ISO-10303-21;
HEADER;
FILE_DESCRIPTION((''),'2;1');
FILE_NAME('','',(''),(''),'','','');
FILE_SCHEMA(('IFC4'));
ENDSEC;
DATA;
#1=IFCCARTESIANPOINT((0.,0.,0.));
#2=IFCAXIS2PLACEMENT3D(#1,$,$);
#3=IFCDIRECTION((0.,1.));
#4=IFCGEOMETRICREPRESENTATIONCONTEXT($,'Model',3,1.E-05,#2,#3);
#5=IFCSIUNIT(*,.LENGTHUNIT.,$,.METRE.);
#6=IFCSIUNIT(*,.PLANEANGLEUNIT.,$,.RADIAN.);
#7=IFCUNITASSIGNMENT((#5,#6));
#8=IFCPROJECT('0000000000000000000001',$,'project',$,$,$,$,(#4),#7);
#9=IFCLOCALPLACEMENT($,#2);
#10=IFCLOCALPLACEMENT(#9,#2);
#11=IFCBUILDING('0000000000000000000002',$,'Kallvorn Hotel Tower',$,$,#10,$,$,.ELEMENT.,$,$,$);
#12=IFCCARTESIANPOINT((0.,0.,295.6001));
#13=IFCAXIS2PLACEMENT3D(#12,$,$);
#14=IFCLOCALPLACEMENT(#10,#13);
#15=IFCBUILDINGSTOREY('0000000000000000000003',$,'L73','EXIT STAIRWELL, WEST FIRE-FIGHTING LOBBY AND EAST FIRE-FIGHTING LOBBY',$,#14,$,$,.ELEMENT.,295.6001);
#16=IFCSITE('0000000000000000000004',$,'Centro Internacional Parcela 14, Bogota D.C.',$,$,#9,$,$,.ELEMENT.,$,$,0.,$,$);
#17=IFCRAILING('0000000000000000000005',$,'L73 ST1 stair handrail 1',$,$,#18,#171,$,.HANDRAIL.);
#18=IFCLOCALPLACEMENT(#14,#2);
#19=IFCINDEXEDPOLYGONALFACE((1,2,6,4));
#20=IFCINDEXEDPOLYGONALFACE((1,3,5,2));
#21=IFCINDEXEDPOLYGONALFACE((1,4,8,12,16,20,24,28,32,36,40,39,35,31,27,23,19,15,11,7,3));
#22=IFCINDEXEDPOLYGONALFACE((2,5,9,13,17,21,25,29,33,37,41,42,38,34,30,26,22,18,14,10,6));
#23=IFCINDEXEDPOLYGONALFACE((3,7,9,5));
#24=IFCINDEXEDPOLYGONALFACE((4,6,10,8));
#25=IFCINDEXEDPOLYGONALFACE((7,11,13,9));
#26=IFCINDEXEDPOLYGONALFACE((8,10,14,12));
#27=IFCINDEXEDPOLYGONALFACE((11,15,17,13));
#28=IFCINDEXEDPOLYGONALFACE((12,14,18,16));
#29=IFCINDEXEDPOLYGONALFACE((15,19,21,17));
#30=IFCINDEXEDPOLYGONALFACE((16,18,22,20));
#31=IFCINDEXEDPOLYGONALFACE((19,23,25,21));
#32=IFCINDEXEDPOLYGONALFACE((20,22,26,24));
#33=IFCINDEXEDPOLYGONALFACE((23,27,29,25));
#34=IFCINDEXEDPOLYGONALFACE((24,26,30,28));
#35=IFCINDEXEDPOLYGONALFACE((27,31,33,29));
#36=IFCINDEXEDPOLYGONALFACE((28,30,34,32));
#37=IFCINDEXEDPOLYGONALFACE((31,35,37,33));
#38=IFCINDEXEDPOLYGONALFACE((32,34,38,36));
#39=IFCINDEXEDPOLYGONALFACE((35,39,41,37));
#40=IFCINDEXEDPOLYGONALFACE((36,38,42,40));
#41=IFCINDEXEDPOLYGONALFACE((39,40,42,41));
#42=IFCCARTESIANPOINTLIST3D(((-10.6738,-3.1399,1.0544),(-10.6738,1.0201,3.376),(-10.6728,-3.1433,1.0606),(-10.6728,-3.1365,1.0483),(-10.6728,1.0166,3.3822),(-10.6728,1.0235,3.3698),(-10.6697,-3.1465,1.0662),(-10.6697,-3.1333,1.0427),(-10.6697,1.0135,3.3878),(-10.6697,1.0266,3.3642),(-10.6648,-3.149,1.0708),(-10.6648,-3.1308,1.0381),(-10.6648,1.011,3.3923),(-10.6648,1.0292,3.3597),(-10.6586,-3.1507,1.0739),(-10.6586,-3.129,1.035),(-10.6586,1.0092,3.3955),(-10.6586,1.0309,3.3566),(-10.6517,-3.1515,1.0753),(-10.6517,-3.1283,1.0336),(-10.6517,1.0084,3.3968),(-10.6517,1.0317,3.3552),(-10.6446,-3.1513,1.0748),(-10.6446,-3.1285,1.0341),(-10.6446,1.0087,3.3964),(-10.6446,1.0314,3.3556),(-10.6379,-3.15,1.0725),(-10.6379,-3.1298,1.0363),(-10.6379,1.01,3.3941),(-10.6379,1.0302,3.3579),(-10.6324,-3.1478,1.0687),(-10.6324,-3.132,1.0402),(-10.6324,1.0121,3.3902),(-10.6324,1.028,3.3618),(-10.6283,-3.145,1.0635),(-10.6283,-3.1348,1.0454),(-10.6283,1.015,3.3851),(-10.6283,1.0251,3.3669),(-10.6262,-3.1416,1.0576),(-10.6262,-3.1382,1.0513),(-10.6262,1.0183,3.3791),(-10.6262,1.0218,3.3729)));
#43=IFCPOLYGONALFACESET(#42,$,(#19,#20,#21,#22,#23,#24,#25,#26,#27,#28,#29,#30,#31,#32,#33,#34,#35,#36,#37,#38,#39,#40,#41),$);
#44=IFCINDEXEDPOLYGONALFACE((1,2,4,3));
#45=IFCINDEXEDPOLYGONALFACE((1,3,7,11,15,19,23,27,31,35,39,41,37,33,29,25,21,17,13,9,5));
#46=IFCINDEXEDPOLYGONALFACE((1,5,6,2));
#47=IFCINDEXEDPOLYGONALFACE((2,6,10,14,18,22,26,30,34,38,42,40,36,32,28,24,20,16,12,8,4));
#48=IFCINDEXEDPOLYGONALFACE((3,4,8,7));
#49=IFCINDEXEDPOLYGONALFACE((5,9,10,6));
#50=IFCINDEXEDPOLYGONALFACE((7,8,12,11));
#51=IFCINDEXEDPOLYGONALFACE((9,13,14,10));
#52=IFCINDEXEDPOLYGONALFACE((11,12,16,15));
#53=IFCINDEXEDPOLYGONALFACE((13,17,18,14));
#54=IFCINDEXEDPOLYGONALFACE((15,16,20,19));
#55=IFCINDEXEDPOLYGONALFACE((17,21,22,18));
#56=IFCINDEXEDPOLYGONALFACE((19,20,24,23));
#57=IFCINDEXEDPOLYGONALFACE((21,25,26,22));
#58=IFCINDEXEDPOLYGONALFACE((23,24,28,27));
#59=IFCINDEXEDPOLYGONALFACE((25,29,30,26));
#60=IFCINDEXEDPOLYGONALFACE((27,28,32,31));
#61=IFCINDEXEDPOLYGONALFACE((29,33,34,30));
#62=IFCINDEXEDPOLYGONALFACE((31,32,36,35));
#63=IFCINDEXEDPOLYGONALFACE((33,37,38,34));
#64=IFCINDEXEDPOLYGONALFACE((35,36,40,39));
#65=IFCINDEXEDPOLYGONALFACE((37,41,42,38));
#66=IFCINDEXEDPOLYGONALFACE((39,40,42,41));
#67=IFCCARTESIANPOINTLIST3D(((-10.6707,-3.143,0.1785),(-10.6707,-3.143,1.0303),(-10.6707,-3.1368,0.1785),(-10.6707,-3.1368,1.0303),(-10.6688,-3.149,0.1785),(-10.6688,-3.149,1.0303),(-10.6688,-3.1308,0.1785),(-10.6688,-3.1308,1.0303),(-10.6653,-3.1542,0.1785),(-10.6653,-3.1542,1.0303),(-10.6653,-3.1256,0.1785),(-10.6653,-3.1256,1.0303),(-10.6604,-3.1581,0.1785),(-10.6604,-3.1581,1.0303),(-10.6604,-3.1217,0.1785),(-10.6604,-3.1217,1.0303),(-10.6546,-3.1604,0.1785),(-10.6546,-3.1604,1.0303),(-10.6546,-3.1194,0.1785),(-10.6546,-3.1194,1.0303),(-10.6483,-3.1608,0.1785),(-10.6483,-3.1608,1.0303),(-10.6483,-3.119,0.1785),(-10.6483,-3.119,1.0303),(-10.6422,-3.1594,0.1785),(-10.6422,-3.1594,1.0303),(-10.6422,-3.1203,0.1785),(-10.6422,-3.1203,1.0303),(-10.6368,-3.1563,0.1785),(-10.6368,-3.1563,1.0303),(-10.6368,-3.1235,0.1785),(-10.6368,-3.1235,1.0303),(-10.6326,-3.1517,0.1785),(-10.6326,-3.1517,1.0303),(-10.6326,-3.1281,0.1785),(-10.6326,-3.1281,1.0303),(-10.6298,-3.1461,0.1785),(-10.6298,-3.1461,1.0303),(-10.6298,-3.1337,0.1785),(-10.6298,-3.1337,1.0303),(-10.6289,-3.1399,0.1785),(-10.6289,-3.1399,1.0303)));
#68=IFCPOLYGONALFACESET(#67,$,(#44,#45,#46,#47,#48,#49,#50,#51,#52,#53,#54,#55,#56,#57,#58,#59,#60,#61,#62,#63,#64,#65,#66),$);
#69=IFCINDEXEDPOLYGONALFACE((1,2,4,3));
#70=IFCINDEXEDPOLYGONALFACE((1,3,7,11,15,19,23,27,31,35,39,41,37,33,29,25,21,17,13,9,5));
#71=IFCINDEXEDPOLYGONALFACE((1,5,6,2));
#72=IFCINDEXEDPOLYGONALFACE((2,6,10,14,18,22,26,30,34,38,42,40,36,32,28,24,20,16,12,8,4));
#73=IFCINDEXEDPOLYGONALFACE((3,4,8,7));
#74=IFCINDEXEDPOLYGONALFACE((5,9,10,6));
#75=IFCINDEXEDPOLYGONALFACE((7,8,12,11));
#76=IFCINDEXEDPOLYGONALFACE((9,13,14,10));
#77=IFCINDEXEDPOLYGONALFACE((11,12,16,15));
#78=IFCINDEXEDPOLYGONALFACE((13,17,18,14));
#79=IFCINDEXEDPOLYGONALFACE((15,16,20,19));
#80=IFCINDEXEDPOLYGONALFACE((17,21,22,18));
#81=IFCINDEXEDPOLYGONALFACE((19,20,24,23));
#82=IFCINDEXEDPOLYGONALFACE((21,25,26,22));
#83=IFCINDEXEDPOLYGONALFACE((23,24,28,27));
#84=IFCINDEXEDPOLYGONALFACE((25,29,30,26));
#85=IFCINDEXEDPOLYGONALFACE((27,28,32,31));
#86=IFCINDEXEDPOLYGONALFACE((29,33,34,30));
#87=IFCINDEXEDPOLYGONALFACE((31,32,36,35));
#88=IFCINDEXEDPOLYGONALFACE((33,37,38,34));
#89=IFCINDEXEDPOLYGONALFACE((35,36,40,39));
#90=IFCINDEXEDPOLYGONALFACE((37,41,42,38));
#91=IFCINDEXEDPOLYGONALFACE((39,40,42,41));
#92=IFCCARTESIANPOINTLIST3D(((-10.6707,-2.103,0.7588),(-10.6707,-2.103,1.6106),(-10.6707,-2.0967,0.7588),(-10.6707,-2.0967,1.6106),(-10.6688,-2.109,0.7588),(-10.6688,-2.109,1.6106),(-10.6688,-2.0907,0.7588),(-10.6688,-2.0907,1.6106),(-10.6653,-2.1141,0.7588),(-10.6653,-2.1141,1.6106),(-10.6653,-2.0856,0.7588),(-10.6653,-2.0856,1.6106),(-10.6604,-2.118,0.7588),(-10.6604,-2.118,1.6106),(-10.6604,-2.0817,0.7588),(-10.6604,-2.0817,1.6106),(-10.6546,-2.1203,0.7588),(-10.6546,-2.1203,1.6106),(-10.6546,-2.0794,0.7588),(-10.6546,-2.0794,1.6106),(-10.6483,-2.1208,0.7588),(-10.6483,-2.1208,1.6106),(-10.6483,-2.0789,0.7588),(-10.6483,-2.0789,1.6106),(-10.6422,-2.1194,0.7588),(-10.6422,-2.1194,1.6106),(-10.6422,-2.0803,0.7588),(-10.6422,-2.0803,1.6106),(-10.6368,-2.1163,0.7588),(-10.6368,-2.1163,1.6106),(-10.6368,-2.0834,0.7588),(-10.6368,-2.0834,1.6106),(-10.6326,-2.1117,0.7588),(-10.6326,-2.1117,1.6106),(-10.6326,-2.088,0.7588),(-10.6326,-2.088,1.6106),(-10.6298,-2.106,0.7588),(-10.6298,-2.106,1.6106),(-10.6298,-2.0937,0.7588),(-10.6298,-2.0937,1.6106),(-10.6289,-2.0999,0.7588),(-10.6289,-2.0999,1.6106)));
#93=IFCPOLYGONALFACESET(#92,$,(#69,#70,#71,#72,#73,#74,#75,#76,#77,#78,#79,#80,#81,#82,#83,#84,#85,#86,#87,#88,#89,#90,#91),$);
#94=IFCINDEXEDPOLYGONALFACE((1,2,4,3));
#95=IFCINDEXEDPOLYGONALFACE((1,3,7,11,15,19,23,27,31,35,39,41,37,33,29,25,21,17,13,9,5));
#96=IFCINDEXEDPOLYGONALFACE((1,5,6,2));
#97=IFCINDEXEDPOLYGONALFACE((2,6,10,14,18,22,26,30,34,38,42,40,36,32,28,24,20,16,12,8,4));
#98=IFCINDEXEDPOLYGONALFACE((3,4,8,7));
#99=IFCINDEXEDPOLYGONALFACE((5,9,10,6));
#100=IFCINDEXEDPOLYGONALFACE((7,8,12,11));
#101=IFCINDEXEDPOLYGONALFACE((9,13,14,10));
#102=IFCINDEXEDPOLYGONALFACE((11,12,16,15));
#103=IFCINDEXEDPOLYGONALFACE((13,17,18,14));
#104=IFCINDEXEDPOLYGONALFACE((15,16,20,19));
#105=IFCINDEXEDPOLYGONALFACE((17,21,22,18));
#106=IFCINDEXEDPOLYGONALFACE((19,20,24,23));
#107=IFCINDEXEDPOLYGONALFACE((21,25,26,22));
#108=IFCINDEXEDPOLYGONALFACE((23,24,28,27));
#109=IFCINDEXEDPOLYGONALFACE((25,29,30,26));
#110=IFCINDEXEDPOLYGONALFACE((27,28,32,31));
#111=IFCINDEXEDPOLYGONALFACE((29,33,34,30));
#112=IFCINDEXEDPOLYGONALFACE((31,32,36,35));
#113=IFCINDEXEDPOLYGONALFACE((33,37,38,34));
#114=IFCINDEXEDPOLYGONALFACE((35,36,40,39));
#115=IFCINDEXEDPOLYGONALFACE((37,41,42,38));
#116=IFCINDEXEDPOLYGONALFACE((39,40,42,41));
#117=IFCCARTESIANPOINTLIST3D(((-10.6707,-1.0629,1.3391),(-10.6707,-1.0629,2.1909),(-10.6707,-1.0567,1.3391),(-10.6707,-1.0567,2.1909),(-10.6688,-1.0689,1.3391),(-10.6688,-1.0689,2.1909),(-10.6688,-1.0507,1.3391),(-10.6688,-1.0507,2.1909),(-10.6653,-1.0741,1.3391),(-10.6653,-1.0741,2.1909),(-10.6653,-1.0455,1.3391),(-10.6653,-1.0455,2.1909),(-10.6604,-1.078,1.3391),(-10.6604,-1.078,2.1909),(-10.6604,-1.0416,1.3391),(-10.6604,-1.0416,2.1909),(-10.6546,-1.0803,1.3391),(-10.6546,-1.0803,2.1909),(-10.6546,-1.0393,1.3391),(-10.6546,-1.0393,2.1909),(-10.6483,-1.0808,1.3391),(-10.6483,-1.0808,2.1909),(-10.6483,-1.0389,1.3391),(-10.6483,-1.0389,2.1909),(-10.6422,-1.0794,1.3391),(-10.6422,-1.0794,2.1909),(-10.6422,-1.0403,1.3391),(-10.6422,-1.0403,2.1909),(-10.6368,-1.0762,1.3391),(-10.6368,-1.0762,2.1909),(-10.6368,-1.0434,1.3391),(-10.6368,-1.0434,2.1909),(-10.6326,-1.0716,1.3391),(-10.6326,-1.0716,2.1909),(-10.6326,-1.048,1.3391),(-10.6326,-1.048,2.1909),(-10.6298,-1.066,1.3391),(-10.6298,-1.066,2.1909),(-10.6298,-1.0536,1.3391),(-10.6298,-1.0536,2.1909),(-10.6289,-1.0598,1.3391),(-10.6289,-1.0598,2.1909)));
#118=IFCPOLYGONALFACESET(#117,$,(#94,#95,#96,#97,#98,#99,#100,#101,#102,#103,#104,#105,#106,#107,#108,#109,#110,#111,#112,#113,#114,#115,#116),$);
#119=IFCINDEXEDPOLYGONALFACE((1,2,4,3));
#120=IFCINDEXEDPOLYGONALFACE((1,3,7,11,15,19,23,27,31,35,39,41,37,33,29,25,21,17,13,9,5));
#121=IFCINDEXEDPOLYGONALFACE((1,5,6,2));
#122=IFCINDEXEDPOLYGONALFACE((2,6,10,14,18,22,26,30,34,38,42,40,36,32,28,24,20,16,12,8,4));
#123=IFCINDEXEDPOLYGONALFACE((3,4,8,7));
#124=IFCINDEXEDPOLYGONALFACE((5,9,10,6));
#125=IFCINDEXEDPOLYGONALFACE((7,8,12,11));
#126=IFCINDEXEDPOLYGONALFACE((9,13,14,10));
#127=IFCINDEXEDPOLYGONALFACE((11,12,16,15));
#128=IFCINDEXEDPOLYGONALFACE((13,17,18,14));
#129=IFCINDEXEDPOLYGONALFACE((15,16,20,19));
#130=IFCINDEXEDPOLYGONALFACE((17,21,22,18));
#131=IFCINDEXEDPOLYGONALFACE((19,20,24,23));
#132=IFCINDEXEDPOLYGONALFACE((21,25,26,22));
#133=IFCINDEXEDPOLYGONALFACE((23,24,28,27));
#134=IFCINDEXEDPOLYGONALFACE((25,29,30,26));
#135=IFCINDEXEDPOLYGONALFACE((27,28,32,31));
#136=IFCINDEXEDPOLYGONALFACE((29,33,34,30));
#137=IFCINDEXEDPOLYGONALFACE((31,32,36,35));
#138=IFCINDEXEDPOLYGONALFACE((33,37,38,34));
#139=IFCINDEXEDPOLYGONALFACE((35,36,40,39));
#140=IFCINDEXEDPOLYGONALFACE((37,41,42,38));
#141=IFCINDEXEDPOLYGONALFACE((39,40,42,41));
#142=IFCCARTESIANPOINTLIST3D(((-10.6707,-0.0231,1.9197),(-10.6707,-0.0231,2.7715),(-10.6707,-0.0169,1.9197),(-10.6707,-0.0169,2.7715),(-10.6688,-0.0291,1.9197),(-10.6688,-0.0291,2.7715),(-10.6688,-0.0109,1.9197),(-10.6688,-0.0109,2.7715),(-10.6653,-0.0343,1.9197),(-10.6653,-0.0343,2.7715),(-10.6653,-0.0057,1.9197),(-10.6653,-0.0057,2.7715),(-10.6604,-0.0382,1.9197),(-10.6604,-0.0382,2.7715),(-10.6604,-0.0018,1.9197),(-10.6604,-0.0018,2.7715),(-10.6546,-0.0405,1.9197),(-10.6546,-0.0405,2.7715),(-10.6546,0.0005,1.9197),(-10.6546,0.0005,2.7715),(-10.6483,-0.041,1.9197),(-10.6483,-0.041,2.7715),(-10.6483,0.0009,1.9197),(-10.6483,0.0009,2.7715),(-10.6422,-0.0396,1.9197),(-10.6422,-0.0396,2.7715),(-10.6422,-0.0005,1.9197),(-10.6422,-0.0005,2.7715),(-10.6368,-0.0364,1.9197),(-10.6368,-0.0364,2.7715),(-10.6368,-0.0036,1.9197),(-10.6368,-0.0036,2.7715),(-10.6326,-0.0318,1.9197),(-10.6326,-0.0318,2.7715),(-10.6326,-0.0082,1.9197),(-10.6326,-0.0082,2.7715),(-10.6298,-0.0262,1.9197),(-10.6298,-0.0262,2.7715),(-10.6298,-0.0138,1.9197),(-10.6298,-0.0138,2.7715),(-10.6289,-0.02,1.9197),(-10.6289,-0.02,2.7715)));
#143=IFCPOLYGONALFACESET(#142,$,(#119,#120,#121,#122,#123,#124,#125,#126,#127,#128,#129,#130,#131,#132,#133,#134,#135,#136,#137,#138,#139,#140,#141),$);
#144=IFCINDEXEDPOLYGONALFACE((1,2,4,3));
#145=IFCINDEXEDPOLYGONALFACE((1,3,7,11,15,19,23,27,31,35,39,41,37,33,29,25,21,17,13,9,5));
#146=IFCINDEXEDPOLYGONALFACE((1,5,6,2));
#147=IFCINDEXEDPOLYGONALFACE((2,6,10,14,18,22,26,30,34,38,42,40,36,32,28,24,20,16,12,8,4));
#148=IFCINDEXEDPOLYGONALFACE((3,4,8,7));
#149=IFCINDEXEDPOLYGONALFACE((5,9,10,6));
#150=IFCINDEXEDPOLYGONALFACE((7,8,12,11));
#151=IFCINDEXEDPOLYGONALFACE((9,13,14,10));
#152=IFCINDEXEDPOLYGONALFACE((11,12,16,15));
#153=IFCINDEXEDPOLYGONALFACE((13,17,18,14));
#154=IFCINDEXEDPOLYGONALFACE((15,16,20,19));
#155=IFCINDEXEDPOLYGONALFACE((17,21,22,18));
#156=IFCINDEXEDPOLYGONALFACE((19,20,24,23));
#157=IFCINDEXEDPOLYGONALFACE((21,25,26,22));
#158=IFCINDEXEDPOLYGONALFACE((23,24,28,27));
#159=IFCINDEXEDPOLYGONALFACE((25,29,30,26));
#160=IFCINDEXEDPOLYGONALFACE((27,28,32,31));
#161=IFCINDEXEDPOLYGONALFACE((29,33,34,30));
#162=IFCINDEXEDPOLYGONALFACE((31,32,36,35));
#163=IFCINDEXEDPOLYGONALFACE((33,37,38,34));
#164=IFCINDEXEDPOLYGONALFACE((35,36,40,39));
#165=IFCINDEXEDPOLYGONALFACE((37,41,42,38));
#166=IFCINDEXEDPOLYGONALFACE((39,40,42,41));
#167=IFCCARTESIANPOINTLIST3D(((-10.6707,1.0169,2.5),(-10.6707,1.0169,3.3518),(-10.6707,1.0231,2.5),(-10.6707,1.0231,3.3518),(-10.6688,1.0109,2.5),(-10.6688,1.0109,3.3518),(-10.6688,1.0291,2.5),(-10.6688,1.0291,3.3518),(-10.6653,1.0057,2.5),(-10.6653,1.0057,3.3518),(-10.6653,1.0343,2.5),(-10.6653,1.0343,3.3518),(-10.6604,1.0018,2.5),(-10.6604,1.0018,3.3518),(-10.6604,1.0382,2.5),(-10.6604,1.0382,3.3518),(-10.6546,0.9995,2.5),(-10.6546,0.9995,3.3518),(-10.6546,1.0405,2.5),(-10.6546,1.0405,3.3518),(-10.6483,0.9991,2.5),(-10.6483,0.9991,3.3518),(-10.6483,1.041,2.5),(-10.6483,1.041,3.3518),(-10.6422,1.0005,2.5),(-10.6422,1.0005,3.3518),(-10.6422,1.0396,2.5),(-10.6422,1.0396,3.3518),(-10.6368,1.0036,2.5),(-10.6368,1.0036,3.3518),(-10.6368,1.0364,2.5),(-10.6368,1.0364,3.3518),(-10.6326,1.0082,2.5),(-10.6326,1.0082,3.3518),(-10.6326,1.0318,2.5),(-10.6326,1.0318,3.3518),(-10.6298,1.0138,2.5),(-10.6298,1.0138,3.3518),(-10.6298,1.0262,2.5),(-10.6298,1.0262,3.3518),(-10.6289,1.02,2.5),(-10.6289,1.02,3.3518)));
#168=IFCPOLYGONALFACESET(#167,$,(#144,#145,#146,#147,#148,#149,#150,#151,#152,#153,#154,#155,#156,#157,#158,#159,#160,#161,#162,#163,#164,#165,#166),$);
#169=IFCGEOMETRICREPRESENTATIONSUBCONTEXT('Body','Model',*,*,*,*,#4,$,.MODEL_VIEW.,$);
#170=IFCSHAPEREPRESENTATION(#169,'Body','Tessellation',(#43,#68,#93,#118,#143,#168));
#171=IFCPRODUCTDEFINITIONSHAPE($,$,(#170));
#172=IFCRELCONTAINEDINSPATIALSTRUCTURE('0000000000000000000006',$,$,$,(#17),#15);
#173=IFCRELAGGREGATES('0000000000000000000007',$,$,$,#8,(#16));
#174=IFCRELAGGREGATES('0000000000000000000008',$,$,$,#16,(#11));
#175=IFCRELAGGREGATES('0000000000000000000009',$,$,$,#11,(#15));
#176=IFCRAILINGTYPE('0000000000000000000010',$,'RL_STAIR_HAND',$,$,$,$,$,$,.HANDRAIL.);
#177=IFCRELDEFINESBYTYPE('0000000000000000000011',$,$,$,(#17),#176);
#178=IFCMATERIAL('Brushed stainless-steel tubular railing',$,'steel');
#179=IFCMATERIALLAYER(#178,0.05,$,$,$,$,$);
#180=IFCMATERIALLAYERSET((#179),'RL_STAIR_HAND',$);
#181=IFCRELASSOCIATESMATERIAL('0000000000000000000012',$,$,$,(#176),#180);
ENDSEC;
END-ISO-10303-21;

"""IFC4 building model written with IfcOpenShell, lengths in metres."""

from ifc_helpers import new_model, si_unit, direction, frame, origin, origin_2d, place, context, subcontext, project, spatial, circle, extrude, material, layer, layer_set, type_object, element, save


model = new_model("IFC4")

# Units and contexts
model_context = context("Model", 3, precision=1e-05, world=origin(), true_north=direction((0.0, 1.0)))
body_context = subcontext(model_context, "Body", "Model", "MODEL_VIEW")
ifc_project = project(units=[si_unit("LENGTHUNIT", "METRE"), si_unit("PLANEANGLEUNIT", "RADIAN")], contexts=[model_context])

# Site, building, storey
site_placement = place(None, origin())
site = spatial("IfcSite", under=ifc_project, at=site_placement, Name="Centro Internacional Parcela 14, Bogota D.C.", CompositionType="ELEMENT", RefElevation=0.0)
building_placement = place(site_placement, origin())
building = spatial("IfcBuilding", under=site, at=building_placement, Name="Kallvorn Hotel Tower", CompositionType="ELEMENT")
storey_placement = place(building_placement, frame((0.0, 0.0, 295.6001)))
storey = spatial("IfcBuildingStorey", under=building, at=storey_placement, Name="L73", Description="EXIT STAIRWELL, WEST FIRE-FIGHTING LOBBY AND EAST FIRE-FIGHTING LOBBY", CompositionType="ELEMENT", Elevation=295.6001)

# Railing
ifc_material_1 = material(Name="Brushed stainless-steel tubular railing", Category="steel")
ifc_layer_1 = layer(ifc_material_1, 0.05)
ifc_layer_set_1 = layer_set([ifc_layer_1], Name="RL_STAIR_HAND")
railing_type_1 = type_object("IfcRailingType", Name="RL_STAIR_HAND", PredefinedType="HANDRAIL", material=ifc_layer_set_1)
railing_1_placement = place(storey_placement, frame((-10.6499, -3.1399, 0.1785)))
element("IfcRailing", 1, at=railing_1_placement, inside=storey, type_object=railing_type_1, Name="L73 ST1 stair handrail 1", PredefinedType="HANDRAIL", context=body_context, shape_type="SweptSolid", body=[
    extrude(circle(Radius=0.0239, at=origin_2d()), frame((0.0, 0.0, 0.876), z_axis=(0.0, 0.873223, 0.487322), x_axis=(-1.0, 0.0, 0.0)), (0.0, 0.0, 1.0), 4.7639),
    extrude(circle(Radius=0.021, at=origin_2d()), origin(), (0.0, 0.0, 1.0), 0.8518),
    extrude(circle(Radius=0.021, at=origin_2d()), frame((0.0, 1.04, 0.5803)), (0.0, 0.0, 1.0), 0.8518),
    extrude(circle(Radius=0.021, at=origin_2d()), frame((0.0, 2.0801, 1.1606)), (0.0, 0.0, 1.0), 0.8518),
    extrude(circle(Radius=0.021, at=origin_2d()), frame((0.0, 3.1199, 1.7412)), (0.0, 0.0, 1.0), 0.8518),
    extrude(circle(Radius=0.021, at=origin_2d()), frame((0.0, 4.1599, 2.3215)), (0.0, 0.0, 1.0), 0.8518),
])

save(model, "model.ifc")
